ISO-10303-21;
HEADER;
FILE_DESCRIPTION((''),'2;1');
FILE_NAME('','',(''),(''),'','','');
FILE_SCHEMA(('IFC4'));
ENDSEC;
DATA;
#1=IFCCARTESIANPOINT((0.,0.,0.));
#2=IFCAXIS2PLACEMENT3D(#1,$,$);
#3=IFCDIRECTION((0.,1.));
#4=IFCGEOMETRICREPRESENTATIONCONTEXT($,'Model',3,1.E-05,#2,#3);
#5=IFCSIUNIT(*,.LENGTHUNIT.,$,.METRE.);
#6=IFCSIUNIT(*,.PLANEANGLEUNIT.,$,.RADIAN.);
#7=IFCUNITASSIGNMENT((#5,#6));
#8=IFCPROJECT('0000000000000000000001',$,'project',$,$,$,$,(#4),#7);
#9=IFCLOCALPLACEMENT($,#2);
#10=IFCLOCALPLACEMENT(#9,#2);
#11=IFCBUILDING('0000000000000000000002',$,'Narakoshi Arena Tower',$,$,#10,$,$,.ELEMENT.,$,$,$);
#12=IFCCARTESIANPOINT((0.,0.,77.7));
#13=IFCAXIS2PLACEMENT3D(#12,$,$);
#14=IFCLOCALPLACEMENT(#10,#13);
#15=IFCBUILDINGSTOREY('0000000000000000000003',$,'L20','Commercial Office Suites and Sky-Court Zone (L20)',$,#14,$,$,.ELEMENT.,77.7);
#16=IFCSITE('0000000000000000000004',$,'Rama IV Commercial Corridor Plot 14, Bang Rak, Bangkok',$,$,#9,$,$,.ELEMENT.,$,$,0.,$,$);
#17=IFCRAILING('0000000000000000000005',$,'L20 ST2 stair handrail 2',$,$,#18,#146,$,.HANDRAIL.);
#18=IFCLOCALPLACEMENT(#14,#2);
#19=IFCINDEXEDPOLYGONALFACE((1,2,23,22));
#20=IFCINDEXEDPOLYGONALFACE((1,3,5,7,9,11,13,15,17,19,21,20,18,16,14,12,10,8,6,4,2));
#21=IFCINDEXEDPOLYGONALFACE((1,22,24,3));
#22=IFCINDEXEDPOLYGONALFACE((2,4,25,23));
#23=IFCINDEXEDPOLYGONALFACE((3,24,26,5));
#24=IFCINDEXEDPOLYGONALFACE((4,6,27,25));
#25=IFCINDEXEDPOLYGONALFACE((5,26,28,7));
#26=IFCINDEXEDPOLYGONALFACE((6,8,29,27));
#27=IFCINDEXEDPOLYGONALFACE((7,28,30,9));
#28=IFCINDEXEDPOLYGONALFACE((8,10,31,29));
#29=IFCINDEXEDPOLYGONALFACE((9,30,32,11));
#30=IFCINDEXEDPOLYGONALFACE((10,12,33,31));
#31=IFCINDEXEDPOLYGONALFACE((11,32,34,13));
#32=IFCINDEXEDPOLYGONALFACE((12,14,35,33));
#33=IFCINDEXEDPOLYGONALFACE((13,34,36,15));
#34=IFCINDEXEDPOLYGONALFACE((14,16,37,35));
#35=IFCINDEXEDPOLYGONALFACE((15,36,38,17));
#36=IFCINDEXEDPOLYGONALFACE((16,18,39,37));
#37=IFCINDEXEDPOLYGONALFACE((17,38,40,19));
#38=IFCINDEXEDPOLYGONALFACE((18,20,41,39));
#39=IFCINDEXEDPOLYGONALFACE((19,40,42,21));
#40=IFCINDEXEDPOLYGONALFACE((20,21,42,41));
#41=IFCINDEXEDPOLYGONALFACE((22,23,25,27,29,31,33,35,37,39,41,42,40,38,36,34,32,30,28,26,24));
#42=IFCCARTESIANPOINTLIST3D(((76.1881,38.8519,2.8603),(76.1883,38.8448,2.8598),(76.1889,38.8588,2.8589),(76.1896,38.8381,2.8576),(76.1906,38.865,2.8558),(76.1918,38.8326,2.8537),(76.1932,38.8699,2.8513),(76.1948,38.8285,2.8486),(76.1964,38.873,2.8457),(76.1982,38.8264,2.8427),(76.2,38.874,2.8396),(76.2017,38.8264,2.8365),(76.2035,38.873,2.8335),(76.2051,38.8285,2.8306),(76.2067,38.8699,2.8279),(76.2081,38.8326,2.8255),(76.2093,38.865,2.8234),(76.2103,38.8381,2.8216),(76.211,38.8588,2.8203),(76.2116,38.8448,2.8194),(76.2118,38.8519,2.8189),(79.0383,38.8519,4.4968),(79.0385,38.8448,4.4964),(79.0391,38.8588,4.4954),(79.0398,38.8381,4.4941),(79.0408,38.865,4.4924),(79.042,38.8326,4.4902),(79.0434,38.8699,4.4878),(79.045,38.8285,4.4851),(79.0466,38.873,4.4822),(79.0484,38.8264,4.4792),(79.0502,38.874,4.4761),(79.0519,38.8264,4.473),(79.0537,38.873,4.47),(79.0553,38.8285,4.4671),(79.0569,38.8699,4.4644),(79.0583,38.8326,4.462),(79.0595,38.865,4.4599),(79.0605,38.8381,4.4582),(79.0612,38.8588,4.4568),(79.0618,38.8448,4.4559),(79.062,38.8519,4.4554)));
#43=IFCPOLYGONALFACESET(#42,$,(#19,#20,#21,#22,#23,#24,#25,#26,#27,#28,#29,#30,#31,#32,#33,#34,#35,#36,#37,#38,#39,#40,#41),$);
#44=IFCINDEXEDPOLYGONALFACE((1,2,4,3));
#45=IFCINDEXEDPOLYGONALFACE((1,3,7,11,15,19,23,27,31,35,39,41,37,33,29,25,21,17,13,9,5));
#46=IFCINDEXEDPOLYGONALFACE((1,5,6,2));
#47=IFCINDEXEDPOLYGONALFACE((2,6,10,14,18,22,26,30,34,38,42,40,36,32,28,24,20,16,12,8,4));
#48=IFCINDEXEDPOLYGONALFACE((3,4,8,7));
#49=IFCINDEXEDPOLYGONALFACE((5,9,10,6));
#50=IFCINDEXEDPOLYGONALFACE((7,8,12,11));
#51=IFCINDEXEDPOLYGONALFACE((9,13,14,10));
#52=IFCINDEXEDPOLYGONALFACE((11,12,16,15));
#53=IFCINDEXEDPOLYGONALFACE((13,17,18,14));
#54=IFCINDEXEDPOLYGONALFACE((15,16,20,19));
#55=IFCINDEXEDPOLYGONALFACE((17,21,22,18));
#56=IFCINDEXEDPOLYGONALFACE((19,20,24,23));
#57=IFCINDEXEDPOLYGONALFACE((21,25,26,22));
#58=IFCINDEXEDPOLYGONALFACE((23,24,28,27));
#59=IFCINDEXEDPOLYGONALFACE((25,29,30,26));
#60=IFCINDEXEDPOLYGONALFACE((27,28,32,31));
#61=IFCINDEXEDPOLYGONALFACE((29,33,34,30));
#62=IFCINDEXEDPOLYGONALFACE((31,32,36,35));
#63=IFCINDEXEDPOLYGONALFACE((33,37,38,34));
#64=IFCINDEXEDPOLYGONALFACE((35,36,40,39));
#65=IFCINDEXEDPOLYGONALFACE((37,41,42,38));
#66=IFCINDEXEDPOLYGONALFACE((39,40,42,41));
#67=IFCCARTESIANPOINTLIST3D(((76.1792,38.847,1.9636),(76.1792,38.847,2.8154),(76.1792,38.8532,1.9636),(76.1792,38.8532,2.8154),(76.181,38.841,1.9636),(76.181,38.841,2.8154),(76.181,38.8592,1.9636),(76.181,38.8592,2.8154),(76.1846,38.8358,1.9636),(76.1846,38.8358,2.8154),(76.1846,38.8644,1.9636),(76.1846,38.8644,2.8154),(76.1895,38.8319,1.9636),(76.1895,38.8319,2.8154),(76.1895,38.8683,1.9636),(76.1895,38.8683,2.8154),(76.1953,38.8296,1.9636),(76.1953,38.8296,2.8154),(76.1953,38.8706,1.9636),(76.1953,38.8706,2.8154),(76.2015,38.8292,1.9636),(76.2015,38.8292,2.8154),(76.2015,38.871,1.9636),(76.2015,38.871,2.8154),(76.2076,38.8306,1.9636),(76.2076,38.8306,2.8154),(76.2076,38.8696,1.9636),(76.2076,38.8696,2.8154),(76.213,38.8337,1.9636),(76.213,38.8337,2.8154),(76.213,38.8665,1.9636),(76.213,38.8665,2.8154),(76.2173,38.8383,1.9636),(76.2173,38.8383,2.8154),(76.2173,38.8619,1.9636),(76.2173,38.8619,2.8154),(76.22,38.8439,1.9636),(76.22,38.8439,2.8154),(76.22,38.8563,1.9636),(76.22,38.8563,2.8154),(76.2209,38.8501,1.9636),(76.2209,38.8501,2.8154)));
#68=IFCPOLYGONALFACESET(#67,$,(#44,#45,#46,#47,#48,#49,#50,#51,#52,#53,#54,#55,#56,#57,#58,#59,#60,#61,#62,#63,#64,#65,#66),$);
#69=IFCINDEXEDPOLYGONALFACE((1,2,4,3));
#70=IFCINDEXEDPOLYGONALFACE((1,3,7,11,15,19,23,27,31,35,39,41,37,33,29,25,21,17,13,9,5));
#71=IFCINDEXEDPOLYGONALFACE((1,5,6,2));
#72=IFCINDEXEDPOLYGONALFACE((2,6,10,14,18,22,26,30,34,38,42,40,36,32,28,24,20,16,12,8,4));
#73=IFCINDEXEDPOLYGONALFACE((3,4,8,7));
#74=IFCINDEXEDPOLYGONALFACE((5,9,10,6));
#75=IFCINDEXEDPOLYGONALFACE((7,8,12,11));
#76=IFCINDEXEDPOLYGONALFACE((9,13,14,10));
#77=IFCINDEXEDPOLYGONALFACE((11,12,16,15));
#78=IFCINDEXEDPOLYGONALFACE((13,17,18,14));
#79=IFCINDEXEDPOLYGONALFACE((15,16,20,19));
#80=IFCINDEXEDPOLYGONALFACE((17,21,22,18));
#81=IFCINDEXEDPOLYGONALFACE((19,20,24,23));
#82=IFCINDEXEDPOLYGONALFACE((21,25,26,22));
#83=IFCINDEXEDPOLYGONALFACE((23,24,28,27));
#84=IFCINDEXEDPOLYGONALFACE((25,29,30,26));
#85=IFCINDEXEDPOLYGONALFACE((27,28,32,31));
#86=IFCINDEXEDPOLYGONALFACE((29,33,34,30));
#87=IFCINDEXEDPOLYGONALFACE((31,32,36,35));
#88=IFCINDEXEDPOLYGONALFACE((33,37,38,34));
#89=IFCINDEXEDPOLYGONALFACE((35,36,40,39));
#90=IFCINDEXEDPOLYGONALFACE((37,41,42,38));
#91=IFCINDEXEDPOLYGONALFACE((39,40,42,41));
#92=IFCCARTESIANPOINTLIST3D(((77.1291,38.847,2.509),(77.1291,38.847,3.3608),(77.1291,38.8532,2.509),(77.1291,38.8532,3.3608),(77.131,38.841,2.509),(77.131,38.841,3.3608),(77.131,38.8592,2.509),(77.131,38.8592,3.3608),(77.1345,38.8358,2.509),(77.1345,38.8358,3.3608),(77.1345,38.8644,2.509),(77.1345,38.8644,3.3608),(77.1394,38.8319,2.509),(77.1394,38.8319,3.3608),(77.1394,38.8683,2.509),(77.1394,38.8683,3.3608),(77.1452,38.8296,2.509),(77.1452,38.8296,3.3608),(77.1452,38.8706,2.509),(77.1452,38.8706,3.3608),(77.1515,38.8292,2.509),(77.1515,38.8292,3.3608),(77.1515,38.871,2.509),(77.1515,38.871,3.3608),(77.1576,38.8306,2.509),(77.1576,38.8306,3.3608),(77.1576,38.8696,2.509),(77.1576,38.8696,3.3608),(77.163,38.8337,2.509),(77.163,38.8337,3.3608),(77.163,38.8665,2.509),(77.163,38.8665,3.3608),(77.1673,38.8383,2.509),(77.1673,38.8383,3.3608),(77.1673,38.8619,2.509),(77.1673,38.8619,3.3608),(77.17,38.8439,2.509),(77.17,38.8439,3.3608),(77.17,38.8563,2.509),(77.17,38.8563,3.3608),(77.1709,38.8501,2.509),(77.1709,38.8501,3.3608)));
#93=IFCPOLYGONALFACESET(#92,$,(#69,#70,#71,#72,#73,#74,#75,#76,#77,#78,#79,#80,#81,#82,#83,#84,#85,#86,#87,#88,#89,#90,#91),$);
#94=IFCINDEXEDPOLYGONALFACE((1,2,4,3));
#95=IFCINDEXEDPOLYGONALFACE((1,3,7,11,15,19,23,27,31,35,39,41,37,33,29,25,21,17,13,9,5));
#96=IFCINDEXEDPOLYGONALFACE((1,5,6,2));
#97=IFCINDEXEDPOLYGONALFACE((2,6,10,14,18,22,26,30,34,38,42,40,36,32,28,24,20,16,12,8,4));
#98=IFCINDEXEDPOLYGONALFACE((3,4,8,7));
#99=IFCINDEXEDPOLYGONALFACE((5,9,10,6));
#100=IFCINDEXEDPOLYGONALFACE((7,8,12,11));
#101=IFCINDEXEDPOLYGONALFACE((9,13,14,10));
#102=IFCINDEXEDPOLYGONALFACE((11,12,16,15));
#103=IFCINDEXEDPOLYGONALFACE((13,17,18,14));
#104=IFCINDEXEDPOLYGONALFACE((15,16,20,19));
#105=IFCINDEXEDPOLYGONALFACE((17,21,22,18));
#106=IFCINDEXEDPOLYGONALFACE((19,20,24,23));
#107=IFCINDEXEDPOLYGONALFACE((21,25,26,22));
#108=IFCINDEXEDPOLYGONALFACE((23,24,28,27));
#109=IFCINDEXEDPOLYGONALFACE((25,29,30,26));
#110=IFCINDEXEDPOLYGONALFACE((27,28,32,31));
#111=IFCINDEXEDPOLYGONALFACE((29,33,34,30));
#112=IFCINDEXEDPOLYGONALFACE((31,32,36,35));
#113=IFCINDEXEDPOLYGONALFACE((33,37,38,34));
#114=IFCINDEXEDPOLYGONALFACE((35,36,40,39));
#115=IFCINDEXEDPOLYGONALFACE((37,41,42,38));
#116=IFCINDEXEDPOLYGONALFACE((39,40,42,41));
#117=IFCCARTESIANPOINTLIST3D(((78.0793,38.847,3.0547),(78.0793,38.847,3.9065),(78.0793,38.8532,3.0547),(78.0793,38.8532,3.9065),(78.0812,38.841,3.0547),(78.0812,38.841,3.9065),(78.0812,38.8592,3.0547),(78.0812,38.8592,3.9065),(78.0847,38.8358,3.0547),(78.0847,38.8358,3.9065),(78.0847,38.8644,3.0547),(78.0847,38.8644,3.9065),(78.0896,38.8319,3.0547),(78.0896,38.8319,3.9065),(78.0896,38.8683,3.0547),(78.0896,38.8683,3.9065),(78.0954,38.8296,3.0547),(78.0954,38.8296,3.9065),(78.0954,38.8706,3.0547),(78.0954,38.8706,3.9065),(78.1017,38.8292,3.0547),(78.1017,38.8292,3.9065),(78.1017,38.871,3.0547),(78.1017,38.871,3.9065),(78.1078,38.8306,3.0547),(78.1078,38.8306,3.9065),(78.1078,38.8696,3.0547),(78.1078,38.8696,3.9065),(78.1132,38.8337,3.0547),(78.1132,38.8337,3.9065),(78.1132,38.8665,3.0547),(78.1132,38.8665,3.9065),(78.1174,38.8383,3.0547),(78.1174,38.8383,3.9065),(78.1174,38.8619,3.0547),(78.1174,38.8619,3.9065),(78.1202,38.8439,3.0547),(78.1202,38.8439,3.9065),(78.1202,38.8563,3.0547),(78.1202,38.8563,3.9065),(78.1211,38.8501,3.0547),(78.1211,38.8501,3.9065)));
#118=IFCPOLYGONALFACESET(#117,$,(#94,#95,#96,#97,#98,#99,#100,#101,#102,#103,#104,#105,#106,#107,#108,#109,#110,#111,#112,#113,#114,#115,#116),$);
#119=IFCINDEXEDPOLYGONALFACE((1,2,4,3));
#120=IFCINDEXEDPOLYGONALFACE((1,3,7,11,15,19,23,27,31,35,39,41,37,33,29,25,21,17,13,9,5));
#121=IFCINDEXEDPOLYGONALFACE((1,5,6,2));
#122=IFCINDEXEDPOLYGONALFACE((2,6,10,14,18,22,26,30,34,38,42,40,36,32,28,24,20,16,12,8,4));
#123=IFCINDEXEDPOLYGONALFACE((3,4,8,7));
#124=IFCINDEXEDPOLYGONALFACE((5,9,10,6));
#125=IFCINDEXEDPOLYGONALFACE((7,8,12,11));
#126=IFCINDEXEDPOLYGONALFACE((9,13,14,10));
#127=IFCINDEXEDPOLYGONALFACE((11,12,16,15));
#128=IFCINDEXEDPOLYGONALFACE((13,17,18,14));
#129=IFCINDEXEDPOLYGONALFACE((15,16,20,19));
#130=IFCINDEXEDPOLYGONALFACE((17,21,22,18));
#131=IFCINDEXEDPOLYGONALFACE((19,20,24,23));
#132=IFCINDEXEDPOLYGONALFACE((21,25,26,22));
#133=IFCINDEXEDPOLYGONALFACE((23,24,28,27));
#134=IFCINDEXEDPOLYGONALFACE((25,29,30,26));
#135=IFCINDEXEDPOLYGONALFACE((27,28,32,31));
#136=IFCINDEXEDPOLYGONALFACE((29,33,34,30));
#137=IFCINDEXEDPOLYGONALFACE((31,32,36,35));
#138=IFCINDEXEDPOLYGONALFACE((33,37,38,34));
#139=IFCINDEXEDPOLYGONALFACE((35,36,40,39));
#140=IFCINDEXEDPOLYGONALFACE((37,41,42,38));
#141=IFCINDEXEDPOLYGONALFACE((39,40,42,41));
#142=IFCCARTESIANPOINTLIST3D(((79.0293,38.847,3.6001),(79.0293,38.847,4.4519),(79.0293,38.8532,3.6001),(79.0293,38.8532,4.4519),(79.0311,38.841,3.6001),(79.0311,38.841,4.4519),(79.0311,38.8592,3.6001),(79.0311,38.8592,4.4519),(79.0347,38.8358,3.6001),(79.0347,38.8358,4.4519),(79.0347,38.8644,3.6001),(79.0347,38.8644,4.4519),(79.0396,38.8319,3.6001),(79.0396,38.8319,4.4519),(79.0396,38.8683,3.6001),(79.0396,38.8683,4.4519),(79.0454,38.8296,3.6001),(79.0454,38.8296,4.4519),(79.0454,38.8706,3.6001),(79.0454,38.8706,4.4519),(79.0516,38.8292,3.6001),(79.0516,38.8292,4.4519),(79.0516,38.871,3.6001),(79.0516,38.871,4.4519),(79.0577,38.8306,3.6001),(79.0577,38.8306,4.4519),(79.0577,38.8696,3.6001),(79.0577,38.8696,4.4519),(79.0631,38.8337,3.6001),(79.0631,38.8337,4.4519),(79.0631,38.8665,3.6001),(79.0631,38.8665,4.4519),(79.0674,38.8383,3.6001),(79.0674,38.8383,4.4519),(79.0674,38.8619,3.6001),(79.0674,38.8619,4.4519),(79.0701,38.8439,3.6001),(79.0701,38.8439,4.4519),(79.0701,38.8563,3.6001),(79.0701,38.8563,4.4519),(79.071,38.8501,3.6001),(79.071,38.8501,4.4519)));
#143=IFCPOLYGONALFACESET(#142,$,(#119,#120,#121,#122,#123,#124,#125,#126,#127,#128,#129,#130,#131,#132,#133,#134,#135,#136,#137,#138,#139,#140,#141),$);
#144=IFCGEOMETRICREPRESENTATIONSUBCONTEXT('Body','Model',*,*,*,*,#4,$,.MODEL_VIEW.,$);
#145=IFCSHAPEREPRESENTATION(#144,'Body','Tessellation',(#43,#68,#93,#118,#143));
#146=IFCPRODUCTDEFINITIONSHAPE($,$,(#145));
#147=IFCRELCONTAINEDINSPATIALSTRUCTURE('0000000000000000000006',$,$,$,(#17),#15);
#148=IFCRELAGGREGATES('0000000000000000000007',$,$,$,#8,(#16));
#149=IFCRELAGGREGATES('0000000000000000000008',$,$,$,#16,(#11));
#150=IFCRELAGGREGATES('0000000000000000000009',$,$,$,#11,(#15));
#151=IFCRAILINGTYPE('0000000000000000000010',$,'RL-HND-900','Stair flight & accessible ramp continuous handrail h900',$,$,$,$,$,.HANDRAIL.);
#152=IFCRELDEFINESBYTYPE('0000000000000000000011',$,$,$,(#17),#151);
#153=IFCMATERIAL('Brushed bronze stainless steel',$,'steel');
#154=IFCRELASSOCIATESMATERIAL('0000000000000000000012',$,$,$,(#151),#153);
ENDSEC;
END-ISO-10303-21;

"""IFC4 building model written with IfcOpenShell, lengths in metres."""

from ifc_helpers import new_model, si_unit, direction, frame, origin, origin_2d, place, context, subcontext, project, spatial, circle, extrude, material, type_object, element, save


model = new_model("IFC4")

# Units and contexts
model_context = context("Model", 3, precision=1e-05, world=origin(), true_north=direction((0.0, 1.0)))
body_context = subcontext(model_context, "Body", "Model", "MODEL_VIEW")
ifc_project = project(units=[si_unit("LENGTHUNIT", "METRE"), si_unit("PLANEANGLEUNIT", "RADIAN")], contexts=[model_context])

# Site, building, storey
site_placement = place(None, origin())
site = spatial("IfcSite", under=ifc_project, at=site_placement, Name="Rama IV Commercial Corridor Plot 14, Bang Rak, Bangkok", CompositionType="ELEMENT", RefElevation=0.0)
building_placement = place(site_placement, origin())
building = spatial("IfcBuilding", under=site, at=building_placement, Name="Narakoshi Arena Tower", CompositionType="ELEMENT")
storey_placement = place(building_placement, frame((0.0, 0.0, 77.7)))
storey = spatial("IfcBuildingStorey", under=building, at=storey_placement, Name="L20", Description="Commercial Office Suites and Sky-Court Zone (L20)", CompositionType="ELEMENT", Elevation=77.7)

# Railing
ifc_material_1 = material(Name="Brushed bronze stainless steel", Category="steel")
railing_type_1 = type_object("IfcRailingType", Name="RL-HND-900", Description="Stair flight & accessible ramp continuous handrail h900", PredefinedType="HANDRAIL", material=ifc_material_1)
for number, where, name in (
    (1, (76.2, 38.8501, 1.9636), "L20 ST2 stair handrail 2"),
):
    element("IfcRailing", number, at=place(storey_placement, frame(where)), inside=storey, type_object=railing_type_1, Name=name, PredefinedType="HANDRAIL", context=body_context, shape_type="SweptSolid", body=[
        extrude(circle(Radius=0.0239, at=origin_2d()), frame((0.0, 0.0, 0.876), z_axis=(0.867213, 0.0, 0.497938), x_axis=(0.0, 1.0, 0.0)), (0.0, 0.0, 1.0), 3.2866),
        extrude(circle(Radius=0.021, at=origin_2d()), origin(), (0.0, 0.0, 1.0), 0.8518),
        extrude(circle(Radius=0.021, at=origin_2d()), frame((0.95, 0.0, 0.5454)), (0.0, 0.0, 1.0), 0.8518),
        extrude(circle(Radius=0.021, at=origin_2d()), frame((1.9001, 0.0, 1.0911)), (0.0, 0.0, 1.0), 0.8518),
        extrude(circle(Radius=0.021, at=origin_2d()), frame((2.8501, 0.0, 1.6365)), (0.0, 0.0, 1.0), 0.8518),
    ])

save(model, "model.ifc")
